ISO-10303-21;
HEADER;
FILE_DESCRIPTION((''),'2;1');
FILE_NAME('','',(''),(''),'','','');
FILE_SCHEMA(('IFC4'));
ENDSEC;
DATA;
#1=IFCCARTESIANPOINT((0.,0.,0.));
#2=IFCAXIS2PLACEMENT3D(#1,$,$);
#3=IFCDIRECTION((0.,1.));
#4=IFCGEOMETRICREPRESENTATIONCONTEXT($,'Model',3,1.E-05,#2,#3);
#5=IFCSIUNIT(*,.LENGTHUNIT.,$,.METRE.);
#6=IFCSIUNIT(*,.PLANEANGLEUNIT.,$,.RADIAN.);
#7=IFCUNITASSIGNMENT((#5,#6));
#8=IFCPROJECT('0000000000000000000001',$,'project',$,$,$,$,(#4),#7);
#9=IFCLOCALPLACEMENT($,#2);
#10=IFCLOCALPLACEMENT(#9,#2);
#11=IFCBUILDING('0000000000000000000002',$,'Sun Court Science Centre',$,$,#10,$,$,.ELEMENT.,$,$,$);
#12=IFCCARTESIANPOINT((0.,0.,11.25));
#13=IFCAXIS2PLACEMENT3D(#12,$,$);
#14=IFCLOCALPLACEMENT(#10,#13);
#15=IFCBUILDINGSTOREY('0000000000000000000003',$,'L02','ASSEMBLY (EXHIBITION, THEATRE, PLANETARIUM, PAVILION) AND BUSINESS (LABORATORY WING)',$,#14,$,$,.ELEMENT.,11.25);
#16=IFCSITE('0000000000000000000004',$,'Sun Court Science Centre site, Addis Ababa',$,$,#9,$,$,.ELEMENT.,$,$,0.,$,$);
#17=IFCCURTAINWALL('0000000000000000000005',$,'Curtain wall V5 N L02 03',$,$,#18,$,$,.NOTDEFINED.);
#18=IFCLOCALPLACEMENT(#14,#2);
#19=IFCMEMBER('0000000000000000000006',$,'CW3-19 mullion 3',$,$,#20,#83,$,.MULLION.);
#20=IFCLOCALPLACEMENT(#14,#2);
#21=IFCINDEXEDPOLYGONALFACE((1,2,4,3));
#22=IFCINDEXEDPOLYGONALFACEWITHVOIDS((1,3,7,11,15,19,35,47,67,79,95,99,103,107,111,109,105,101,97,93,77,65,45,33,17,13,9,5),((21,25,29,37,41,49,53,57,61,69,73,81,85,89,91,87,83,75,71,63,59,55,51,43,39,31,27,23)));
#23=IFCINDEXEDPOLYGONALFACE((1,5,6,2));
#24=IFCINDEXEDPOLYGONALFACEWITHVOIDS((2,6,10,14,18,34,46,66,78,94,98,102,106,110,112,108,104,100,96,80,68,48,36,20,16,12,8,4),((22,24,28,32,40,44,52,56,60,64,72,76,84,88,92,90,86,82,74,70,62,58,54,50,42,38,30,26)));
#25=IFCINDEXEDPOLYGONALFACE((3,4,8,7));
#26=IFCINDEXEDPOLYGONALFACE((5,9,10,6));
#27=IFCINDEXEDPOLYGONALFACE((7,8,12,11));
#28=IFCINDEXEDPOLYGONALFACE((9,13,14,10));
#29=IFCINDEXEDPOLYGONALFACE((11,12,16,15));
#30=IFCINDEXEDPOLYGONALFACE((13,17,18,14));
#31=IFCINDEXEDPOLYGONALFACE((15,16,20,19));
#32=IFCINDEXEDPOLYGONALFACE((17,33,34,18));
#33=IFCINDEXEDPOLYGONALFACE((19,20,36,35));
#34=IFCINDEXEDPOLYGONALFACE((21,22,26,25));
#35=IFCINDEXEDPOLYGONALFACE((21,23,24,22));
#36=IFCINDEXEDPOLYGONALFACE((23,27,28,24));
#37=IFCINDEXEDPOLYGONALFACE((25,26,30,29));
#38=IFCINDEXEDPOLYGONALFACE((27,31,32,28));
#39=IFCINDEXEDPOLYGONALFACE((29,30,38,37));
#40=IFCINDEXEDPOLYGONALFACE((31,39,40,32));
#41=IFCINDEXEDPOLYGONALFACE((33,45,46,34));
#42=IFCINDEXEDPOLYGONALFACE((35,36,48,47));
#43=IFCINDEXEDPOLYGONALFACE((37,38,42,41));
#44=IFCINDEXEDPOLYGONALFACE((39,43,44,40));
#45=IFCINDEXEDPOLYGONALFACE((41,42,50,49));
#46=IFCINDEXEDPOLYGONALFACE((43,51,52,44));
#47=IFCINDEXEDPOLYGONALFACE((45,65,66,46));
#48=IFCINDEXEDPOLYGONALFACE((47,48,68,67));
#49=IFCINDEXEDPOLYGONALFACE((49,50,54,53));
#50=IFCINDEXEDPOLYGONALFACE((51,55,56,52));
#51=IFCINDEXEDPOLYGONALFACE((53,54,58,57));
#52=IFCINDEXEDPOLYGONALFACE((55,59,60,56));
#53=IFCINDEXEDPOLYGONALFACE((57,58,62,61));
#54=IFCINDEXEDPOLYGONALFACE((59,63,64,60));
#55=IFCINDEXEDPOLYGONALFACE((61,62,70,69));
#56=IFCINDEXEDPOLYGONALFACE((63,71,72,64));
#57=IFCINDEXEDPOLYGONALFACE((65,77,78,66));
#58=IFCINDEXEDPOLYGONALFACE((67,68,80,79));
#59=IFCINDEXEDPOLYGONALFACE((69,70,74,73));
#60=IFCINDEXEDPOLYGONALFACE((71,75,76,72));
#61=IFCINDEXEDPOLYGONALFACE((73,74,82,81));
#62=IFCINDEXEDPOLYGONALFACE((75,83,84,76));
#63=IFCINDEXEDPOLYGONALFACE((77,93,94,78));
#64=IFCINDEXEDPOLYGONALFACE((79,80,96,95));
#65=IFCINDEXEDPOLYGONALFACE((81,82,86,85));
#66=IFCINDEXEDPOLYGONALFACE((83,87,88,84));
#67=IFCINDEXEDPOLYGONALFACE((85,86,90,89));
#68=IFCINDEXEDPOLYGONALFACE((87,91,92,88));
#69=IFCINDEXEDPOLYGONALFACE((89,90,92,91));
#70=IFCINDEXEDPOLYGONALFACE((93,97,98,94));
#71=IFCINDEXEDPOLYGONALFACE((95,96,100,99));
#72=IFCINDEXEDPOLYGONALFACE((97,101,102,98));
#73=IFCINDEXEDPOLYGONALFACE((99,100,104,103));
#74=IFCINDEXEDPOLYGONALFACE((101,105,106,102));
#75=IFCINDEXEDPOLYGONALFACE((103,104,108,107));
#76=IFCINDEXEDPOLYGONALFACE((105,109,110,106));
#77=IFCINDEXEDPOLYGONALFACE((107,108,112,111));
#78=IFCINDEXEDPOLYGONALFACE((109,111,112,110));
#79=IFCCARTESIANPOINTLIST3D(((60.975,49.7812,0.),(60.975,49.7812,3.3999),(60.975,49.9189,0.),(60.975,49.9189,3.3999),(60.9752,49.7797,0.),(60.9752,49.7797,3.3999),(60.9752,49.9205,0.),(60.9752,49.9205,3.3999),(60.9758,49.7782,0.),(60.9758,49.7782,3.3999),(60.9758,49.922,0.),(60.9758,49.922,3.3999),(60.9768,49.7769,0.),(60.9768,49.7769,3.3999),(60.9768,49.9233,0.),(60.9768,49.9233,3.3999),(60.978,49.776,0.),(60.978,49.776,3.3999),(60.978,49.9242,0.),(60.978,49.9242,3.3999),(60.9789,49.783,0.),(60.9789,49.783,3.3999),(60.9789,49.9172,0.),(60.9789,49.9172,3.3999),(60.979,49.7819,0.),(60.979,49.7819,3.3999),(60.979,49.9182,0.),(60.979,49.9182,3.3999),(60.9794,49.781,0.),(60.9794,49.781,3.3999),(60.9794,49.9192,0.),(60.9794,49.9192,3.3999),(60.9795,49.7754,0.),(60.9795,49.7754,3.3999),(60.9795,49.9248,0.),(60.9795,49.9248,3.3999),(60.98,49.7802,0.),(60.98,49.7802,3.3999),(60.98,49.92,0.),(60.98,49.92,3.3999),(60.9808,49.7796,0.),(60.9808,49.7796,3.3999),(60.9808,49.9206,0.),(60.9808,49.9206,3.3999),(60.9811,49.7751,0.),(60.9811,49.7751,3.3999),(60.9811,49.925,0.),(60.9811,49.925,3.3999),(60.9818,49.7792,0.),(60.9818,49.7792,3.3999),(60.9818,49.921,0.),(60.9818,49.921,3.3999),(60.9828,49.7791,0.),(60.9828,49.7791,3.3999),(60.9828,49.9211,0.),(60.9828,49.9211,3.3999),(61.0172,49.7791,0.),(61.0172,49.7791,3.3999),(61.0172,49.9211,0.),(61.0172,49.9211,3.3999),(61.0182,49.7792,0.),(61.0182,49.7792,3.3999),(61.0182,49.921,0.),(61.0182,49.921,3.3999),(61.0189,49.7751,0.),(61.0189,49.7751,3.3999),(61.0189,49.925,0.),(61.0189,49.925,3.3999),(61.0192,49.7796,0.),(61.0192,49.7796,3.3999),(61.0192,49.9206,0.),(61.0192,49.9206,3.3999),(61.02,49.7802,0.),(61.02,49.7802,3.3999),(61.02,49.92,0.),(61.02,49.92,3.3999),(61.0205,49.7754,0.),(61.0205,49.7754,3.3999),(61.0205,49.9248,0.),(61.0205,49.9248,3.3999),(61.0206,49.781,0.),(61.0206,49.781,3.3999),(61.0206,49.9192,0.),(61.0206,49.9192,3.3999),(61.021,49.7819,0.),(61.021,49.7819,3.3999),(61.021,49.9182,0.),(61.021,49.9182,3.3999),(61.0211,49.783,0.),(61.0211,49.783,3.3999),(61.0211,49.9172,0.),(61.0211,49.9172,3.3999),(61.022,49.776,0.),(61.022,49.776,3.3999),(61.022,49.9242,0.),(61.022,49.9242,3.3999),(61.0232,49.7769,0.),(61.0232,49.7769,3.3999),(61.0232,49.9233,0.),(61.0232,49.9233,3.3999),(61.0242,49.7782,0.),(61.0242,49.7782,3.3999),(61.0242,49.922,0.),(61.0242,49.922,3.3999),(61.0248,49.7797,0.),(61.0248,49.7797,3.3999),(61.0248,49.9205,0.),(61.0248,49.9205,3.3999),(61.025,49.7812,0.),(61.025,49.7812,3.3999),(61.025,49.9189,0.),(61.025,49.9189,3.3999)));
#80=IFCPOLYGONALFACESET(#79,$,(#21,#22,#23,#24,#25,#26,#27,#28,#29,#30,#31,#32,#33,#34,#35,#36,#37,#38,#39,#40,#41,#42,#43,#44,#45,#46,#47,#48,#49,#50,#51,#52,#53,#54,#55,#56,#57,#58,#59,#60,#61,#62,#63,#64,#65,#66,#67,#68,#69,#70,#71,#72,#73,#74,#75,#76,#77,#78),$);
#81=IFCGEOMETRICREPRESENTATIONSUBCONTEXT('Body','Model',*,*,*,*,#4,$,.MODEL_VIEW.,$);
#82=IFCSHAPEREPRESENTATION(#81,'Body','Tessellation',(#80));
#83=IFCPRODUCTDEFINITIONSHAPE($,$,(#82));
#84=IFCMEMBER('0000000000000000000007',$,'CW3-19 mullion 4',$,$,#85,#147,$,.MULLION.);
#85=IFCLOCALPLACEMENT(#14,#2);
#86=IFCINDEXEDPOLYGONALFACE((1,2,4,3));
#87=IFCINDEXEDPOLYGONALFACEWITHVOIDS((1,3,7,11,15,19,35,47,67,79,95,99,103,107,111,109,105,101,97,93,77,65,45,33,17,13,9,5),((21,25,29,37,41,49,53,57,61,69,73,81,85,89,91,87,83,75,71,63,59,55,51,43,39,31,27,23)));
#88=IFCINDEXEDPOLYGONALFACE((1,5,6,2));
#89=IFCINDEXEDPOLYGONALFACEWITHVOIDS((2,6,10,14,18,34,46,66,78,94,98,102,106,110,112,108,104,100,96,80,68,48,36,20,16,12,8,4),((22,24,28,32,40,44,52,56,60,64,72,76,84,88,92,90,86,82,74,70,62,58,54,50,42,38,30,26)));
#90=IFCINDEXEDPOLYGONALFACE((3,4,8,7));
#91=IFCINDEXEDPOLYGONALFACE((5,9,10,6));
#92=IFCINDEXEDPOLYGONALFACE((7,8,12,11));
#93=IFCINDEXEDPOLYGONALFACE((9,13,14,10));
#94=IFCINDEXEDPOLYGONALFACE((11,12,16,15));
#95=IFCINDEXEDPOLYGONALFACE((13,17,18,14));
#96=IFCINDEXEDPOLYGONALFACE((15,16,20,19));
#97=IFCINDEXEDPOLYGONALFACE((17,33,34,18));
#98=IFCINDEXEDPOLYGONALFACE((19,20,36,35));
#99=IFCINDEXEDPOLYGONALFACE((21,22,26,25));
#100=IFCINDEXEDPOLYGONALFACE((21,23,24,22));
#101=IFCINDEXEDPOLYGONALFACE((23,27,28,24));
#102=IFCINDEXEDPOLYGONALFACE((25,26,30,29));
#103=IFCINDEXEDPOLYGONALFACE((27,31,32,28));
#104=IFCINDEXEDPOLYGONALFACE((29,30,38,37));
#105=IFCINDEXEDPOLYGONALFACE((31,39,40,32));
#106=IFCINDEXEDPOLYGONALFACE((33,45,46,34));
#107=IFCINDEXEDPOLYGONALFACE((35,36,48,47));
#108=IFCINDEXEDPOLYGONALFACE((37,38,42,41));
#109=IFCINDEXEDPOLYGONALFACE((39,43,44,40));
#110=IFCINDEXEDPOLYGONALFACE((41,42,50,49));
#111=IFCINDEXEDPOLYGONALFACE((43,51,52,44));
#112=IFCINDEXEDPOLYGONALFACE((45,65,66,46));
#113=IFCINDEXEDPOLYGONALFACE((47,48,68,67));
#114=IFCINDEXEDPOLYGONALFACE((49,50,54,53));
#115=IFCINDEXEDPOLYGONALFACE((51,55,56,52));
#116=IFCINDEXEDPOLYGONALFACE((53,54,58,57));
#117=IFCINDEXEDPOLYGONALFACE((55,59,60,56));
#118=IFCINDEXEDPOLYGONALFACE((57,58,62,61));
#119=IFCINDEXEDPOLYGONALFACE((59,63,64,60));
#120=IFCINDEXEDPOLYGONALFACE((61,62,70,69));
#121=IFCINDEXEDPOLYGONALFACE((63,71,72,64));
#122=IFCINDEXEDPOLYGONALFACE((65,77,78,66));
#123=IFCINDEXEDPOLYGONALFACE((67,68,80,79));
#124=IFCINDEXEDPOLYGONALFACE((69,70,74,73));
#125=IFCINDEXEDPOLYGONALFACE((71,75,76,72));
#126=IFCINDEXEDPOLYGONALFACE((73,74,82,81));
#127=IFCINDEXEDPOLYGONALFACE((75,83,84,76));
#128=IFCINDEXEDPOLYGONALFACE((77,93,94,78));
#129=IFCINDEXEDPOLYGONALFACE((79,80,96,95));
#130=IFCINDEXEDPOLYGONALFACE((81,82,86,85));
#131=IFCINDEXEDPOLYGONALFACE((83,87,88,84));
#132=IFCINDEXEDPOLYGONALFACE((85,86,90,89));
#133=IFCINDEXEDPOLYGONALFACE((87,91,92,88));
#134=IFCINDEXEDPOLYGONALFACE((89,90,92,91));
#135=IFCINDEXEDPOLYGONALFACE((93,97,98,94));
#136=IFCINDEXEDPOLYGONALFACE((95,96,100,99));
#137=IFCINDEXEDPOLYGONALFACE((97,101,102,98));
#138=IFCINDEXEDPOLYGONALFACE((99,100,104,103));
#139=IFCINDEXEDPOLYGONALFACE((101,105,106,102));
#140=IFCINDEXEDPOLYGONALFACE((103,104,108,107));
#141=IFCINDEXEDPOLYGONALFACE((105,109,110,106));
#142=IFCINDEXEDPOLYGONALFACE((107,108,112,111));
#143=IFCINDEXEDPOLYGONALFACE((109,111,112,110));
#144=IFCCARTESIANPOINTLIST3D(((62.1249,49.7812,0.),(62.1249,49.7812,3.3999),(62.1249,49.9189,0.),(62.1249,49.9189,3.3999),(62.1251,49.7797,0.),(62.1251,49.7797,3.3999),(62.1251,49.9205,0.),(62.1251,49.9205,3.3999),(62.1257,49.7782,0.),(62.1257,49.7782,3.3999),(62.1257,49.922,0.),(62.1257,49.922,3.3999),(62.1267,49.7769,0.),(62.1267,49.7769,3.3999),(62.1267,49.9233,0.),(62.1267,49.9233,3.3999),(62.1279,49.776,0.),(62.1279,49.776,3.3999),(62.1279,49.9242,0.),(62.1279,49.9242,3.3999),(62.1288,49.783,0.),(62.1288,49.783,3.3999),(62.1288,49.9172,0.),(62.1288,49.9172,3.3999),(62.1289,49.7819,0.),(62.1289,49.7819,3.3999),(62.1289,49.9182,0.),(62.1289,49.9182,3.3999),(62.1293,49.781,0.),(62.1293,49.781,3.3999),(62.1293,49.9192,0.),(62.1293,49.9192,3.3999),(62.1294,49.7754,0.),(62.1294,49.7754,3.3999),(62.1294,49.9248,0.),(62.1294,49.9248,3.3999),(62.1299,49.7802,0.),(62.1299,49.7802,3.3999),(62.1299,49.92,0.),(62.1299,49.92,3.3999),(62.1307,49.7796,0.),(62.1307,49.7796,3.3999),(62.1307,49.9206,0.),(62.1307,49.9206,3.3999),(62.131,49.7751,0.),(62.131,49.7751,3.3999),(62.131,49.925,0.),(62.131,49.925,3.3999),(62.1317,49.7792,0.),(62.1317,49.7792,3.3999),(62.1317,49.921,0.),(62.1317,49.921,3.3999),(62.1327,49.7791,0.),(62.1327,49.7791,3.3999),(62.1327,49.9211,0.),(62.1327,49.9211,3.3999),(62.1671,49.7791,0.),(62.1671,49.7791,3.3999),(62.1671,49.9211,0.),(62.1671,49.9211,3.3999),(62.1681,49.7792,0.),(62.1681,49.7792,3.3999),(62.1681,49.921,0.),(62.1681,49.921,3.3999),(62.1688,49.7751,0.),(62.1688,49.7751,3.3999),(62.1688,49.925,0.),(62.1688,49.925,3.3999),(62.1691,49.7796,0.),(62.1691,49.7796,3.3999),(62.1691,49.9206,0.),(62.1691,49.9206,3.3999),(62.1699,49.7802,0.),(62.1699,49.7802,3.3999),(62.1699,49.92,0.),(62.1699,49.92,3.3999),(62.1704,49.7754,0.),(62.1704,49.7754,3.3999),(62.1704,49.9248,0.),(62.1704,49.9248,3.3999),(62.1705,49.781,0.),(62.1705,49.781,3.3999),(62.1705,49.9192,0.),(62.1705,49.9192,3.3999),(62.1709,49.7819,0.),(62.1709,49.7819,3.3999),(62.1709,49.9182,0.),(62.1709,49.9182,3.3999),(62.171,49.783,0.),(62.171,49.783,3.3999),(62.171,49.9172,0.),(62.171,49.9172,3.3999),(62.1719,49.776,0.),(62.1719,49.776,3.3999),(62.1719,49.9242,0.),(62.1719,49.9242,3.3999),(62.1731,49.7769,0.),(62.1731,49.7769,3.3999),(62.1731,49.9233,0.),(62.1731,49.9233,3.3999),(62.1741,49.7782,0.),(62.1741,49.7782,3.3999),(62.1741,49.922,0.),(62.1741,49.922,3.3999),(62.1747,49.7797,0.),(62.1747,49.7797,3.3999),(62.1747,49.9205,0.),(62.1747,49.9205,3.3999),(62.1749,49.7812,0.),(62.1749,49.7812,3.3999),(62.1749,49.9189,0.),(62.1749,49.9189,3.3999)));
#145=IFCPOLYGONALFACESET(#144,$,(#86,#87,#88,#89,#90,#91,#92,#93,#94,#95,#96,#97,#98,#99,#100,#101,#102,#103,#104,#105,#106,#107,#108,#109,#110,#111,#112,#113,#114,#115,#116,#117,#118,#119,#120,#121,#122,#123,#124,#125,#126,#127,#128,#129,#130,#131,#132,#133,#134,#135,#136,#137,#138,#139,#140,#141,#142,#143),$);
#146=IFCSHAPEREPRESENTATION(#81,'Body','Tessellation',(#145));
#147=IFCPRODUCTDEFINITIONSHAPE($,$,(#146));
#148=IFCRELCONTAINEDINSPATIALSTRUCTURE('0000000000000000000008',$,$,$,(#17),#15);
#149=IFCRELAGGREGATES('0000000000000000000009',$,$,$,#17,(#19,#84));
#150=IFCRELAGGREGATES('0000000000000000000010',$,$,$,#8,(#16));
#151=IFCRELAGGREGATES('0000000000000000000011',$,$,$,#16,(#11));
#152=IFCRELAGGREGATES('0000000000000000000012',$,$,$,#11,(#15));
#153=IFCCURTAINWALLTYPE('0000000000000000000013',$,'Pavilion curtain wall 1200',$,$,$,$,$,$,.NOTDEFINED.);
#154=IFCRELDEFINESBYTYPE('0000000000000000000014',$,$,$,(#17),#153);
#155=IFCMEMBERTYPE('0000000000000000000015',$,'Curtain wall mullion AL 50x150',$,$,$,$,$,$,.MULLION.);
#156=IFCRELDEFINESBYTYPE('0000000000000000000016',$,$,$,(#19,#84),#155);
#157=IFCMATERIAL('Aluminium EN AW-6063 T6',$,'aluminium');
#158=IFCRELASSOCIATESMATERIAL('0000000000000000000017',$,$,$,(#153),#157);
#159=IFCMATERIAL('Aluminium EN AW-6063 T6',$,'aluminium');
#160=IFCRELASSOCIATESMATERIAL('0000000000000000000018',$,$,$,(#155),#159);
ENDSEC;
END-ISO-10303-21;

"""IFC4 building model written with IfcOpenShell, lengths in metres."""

from ifc_helpers import new_model, si_unit, direction, frame, origin, origin_2d, place, context, subcontext, project, spatial, hollow_rectangle, extrude, material, material_profile, profile_set, type_object, element, aggregate, save


model = new_model("IFC4")

# Units and contexts
model_context = context("Model", 3, precision=1e-05, world=origin(), true_north=direction((0.0, 1.0)))
body_context = subcontext(model_context, "Body", "Model", "MODEL_VIEW")
ifc_project = project(units=[si_unit("LENGTHUNIT", "METRE"), si_unit("PLANEANGLEUNIT", "RADIAN")], contexts=[model_context])

# Site, building, storey
site_placement = place(None, origin())
site = spatial("IfcSite", under=ifc_project, at=site_placement, Name="Sun Court Science Centre site, Addis Ababa", CompositionType="ELEMENT", RefElevation=0.0)
building_placement = place(site_placement, origin())
building = spatial("IfcBuilding", under=site, at=building_placement, Name="Sun Court Science Centre", CompositionType="ELEMENT")
storey_placement = place(building_placement, frame((0.0, 0.0, 11.25)))
storey = spatial("IfcBuildingStorey", under=building, at=storey_placement, Name="L02", Description="ASSEMBLY (EXHIBITION, THEATRE, PLANETARIUM, PAVILION) AND BUSINESS (LABORATORY WING)", CompositionType="ELEMENT", Elevation=11.25)

# Curtain wall, members
ifc_material_1 = material(Name="Aluminium EN AW-6063 T6", Category="aluminium")
curtain_wall_type = type_object("IfcCurtainWallType", Name="Pavilion curtain wall 1200", PredefinedType="NOTDEFINED", material=ifc_material_1)
curtain_wall_placement = place(storey_placement, origin())
curtain_wall = element("IfcCurtainWall", 1, at=curtain_wall_placement, inside=storey, type_object=curtain_wall_type, Name="Curtain wall V5 N L02 03", PredefinedType="NOTDEFINED")
ifc_material_2 = material(Name="Aluminium EN AW-6063 T6", Category="aluminium")
ifc_material_profile_1 = material_profile(ifc_material_2, hollow_rectangle(XDim=0.05, YDim=0.1499, WallThickness=0.0039, InnerFilletRadius=0.0039, OuterFilletRadius=0.0061, at=origin_2d()), Name="AL 50x150x4")
ifc_profile_set_1 = profile_set([ifc_material_profile_1], Name="Aluminium EN AW-6063 T6")
member_type_1 = type_object("IfcMemberType", Name="Curtain wall mullion AL 50x150", PredefinedType="MULLION", material=ifc_profile_set_1)
member_1_placement = place(storey_placement, frame((61.0, 49.8501, 0.0), z_axis=(0.0, 0.0, 1.0), x_axis=(1.0, 0.0, 0.0)))
member_1 = element("IfcMember", 2, at=member_1_placement, type_object=member_type_1, Name="CW3-19 mullion 3", PredefinedType="MULLION", context=body_context, shape_type="SweptSolid", body=[
    extrude(hollow_rectangle(XDim=0.05, YDim=0.1499, WallThickness=0.0039, InnerFilletRadius=0.0039, OuterFilletRadius=0.0061, at=origin_2d()), origin(), (0.0, 0.0, 1.0), 3.3999),
])
member_2_placement = place(storey_placement, frame((62.1499, 49.8501, 0.0), z_axis=(0.0, 0.0, 1.0), x_axis=(1.0, 0.0, 0.0)))
member_2 = element("IfcMember", 3, at=member_2_placement, type_object=member_type_1, Name="CW3-19 mullion 4", PredefinedType="MULLION", context=body_context, shape_type="SweptSolid", body=[
    extrude(hollow_rectangle(XDim=0.05, YDim=0.1499, WallThickness=0.0039, InnerFilletRadius=0.0039, OuterFilletRadius=0.0061, at=origin_2d()), origin(), (0.0, 0.0, 1.0), 3.3999),
])
aggregate(curtain_wall, [member_1, member_2])

save(model, "model.ifc")
